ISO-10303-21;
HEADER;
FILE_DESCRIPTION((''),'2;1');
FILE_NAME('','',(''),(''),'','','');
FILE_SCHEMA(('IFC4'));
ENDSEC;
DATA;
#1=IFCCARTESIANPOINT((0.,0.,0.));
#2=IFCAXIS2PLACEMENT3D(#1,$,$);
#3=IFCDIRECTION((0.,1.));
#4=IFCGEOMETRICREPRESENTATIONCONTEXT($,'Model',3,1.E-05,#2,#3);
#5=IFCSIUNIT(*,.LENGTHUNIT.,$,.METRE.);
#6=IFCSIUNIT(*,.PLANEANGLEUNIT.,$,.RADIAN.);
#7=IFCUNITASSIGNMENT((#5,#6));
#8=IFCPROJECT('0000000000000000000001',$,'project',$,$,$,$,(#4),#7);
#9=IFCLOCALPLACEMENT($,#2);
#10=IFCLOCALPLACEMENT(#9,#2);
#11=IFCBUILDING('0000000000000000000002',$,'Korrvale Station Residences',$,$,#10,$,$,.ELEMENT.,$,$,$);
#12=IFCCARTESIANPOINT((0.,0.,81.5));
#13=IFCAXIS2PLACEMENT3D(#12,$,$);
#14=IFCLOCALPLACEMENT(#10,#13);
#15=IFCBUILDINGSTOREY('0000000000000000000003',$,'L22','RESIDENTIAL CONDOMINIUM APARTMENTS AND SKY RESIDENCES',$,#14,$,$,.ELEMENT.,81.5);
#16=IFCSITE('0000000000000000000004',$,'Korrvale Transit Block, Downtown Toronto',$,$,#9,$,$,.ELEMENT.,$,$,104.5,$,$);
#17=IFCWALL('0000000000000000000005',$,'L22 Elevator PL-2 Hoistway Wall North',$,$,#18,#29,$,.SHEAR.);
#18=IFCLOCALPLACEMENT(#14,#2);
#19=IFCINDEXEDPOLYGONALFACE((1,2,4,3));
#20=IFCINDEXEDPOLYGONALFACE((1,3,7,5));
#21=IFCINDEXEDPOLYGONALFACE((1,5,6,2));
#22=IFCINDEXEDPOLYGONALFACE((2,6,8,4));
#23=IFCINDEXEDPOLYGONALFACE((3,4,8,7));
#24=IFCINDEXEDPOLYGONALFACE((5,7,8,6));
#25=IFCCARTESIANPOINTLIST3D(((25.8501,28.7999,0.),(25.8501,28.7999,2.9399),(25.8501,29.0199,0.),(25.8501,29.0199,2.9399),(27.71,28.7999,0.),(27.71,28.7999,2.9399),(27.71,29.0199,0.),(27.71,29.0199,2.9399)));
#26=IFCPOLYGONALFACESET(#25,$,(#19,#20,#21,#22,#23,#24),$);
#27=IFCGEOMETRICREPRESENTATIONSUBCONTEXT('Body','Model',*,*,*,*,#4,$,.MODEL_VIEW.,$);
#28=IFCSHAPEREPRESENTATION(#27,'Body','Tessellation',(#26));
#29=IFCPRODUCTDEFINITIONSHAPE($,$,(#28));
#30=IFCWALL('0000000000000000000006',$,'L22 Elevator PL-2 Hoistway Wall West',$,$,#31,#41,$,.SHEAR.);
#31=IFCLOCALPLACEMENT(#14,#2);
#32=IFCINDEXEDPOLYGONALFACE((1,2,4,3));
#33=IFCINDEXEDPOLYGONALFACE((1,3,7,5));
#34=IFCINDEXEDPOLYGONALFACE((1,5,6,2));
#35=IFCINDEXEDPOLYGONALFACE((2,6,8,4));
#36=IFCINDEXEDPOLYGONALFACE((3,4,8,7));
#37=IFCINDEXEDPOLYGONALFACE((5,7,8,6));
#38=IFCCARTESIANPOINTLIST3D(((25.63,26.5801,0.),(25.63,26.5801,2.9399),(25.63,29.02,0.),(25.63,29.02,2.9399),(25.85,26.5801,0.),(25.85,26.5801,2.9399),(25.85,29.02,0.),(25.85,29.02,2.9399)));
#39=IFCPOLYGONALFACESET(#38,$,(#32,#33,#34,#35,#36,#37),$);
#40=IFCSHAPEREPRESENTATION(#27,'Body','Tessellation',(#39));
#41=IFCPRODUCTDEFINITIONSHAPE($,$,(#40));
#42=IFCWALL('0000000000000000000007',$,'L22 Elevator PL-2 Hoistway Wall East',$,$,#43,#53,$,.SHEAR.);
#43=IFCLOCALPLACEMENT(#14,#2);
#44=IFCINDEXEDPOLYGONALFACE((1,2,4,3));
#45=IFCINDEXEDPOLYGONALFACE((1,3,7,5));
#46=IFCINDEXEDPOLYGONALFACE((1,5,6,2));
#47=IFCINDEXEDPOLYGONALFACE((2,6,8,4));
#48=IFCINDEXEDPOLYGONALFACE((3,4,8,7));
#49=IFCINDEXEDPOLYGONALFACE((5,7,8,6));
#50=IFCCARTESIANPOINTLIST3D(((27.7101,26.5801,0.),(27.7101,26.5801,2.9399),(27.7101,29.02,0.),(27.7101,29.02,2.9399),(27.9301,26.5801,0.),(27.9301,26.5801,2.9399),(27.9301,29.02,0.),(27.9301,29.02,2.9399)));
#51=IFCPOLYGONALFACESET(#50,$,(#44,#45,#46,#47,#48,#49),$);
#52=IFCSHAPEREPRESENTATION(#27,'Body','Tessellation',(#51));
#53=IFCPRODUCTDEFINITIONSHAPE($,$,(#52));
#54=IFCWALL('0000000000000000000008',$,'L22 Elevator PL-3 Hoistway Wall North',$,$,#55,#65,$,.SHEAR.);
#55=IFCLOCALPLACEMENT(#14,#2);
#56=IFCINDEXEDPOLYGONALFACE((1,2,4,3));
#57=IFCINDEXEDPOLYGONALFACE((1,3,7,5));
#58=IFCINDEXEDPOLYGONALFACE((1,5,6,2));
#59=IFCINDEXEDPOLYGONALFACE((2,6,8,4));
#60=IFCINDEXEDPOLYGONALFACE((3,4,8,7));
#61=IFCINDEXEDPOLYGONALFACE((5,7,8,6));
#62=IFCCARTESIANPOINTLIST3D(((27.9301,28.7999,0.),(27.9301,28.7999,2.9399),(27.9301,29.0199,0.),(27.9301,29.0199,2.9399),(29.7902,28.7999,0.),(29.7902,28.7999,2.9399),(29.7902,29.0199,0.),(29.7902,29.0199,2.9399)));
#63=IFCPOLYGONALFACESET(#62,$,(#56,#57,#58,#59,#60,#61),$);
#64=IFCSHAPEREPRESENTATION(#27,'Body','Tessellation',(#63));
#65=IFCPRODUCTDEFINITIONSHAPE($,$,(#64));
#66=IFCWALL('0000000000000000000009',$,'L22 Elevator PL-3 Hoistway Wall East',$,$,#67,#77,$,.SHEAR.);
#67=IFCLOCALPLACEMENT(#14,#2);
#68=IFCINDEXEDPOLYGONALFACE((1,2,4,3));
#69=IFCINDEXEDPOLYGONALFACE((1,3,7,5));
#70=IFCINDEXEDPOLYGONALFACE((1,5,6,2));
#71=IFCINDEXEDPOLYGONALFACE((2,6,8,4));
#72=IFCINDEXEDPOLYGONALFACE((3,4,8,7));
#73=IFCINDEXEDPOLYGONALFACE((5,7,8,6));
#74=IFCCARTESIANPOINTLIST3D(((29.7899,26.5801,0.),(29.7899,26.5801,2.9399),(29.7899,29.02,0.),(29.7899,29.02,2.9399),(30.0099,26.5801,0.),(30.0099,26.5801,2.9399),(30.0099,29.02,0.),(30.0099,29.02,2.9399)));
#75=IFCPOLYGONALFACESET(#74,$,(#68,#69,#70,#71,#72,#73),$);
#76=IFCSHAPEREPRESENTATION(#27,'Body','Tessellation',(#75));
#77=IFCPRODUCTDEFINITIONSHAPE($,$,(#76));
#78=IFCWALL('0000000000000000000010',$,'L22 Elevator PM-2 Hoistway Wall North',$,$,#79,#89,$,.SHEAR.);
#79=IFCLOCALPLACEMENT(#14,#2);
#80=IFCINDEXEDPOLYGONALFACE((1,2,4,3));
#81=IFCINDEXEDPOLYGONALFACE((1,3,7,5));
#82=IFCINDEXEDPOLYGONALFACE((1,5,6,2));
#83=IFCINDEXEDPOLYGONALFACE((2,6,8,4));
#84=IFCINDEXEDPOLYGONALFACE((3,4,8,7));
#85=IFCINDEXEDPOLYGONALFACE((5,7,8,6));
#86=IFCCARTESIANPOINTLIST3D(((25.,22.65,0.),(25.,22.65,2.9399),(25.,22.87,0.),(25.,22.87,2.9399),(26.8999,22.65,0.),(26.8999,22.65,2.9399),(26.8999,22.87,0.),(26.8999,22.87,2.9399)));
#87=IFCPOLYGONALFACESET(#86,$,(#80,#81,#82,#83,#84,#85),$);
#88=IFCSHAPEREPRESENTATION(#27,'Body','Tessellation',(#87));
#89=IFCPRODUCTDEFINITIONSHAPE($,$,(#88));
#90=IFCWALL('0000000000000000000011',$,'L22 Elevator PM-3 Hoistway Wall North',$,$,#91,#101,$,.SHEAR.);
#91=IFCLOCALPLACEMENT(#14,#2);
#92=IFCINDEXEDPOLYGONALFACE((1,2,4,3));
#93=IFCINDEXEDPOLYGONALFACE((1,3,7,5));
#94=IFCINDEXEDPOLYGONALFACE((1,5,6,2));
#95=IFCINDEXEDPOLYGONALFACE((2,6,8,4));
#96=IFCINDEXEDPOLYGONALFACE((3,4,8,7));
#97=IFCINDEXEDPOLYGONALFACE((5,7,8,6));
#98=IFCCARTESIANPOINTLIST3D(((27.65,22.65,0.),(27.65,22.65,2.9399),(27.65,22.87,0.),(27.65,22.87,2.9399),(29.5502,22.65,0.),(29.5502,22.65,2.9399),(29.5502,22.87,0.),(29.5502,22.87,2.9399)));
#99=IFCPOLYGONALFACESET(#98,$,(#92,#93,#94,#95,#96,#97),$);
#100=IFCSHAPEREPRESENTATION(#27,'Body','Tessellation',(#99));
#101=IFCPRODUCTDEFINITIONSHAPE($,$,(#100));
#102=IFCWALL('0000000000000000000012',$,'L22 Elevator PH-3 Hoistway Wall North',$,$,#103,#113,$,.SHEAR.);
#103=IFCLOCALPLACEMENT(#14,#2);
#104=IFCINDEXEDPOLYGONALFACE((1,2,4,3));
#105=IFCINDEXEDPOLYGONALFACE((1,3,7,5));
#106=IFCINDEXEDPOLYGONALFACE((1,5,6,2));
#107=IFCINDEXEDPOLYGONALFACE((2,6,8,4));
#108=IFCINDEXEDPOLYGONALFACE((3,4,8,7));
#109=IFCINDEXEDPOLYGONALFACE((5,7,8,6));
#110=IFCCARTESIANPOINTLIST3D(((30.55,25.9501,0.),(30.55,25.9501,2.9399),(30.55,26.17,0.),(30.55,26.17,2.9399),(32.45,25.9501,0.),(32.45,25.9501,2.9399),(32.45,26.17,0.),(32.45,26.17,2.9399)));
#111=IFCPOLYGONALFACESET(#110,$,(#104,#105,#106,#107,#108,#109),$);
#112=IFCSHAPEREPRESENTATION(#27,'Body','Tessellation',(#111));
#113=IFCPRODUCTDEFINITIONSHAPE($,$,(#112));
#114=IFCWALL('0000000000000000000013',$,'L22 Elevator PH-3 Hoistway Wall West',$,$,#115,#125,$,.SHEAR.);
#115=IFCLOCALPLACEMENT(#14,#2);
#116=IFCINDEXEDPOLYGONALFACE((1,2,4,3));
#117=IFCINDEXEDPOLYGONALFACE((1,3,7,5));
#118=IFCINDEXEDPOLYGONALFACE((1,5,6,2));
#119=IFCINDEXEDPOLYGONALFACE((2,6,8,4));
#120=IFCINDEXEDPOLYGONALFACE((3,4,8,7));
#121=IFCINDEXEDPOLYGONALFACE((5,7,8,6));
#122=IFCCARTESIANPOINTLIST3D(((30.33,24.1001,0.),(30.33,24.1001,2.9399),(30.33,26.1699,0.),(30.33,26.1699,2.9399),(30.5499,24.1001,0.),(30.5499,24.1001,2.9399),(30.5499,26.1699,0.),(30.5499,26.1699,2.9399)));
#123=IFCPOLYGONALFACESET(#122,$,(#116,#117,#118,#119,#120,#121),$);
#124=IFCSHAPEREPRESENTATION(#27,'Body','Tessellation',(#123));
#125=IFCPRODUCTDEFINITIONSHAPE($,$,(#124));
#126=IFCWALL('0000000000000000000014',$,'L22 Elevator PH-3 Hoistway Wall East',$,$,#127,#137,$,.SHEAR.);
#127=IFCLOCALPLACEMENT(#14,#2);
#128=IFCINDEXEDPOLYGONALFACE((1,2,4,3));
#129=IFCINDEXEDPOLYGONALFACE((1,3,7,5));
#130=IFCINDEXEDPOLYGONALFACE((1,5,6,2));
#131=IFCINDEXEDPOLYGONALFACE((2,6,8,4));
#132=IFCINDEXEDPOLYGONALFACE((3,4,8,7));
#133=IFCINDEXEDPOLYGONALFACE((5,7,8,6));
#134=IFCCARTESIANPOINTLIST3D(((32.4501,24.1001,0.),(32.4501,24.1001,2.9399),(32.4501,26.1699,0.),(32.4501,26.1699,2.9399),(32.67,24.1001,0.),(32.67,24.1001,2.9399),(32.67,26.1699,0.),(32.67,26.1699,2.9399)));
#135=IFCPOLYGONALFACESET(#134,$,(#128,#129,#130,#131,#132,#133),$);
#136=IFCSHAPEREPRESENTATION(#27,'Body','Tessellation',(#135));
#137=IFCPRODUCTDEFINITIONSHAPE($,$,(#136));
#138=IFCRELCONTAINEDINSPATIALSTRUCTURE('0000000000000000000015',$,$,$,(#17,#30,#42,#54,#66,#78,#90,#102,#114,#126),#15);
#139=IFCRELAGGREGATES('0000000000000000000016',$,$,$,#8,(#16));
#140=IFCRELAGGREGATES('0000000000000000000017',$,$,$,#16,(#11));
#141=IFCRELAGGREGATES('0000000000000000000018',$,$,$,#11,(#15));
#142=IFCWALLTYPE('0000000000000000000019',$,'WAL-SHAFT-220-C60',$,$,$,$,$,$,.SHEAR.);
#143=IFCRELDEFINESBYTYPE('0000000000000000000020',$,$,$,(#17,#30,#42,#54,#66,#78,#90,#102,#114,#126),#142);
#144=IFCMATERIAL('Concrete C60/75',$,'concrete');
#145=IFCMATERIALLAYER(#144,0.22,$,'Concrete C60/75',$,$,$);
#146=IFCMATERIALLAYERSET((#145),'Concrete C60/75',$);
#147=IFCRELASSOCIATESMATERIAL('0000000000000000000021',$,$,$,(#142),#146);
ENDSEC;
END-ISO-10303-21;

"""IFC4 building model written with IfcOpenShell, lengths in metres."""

from ifc_helpers import new_model, si_unit, direction, frame, frame_2d, origin, place, context, subcontext, project, spatial, rectangle, extrude, material, layer, layer_set, type_object, element, save


model = new_model("IFC4")

# Units and contexts
model_context = context("Model", 3, precision=1e-05, world=origin(), true_north=direction((0.0, 1.0)))
body_context = subcontext(model_context, "Body", "Model", "MODEL_VIEW")
ifc_project = project(units=[si_unit("LENGTHUNIT", "METRE"), si_unit("PLANEANGLEUNIT", "RADIAN")], contexts=[model_context])

# Site, building, storey
site_placement = place(None, origin())
site = spatial("IfcSite", under=ifc_project, at=site_placement, Name="Korrvale Transit Block, Downtown Toronto", CompositionType="ELEMENT", RefElevation=104.5)
building_placement = place(site_placement, origin())
building = spatial("IfcBuilding", under=site, at=building_placement, Name="Korrvale Station Residences", CompositionType="ELEMENT")
storey_placement = place(building_placement, frame((0.0, 0.0, 81.5)))
storey = spatial("IfcBuildingStorey", under=building, at=storey_placement, Name="L22", Description="RESIDENTIAL CONDOMINIUM APARTMENTS AND SKY RESIDENCES", CompositionType="ELEMENT", Elevation=81.5)

# Shared definitions
ifc_material_1 = material(Name="Concrete C60/75", Category="concrete")

# Shared definitions
ifc_layer_1 = layer(ifc_material_1, 0.22, Name="Concrete C60/75")
ifc_layer_set_1 = layer_set([ifc_layer_1], Name="Concrete C60/75")
wall_type_1 = type_object("IfcWallType", Name="WAL-SHAFT-220-C60", PredefinedType="SHEAR", material=ifc_layer_set_1)

# Walls
wall_1_placement = place(storey_placement, frame((25.8501, 28.9099, 0.0), z_axis=(0.0, 0.0, 1.0), x_axis=(1.0, 0.0, 0.0)))
element("IfcWall", 1, at=wall_1_placement, inside=storey, type_object=wall_type_1, Name="L22 Elevator PL-2 Hoistway Wall North", PredefinedType="SHEAR", context=body_context, shape_type="SweptSolid", body=[
    extrude(rectangle(XDim=1.8599, YDim=0.22, at=frame_2d((0.9299, 0.0))), origin(), (0.0, 0.0, 1.0), 2.9399),
])
for number, where, z_axis, x_axis, name in (
    (2, (25.74, 26.5801, 0.0), (0.0, 0.0, 1.0), (0.0, 1.0, 0.0), "L22 Elevator PL-2 Hoistway Wall West"),
    (3, (27.8201, 26.5801, 0.0), (0.0, 0.0, 1.0), (0.0, 1.0, 0.0), "L22 Elevator PL-2 Hoistway Wall East"),
):
    element("IfcWall", number, at=place(storey_placement, frame(where, z_axis=z_axis, x_axis=x_axis)), inside=storey, type_object=wall_type_1, Name=name, PredefinedType="SHEAR", context=body_context, shape_type="SweptSolid", body=[
        extrude(rectangle(XDim=2.4399, YDim=0.22, at=frame_2d((1.22, 0.0))), origin(), (0.0, 0.0, 1.0), 2.9399),
    ])

# Walls
wall_2_placement = place(storey_placement, frame((27.9299, 28.9099, 0.0), z_axis=(0.0, 0.0, 1.0), x_axis=(1.0, 0.0, 0.0)))
element("IfcWall", 4, at=wall_2_placement, inside=storey, type_object=wall_type_1, Name="L22 Elevator PL-3 Hoistway Wall North", PredefinedType="SHEAR", context=body_context, shape_type="SweptSolid", body=[
    extrude(rectangle(XDim=1.8601, YDim=0.22, at=frame_2d((0.9302, 0.0))), origin(), (0.0, 0.0, 1.0), 2.9399),
])
wall_3_placement = place(storey_placement, frame((29.8999, 26.5801, 0.0), z_axis=(0.0, 0.0, 1.0), x_axis=(0.0, 1.0, 0.0)))
element("IfcWall", 5, at=wall_3_placement, inside=storey, type_object=wall_type_1, Name="L22 Elevator PL-3 Hoistway Wall East", PredefinedType="SHEAR", context=body_context, shape_type="SweptSolid", body=[
    extrude(rectangle(XDim=2.4399, YDim=0.22, at=frame_2d((1.22, 0.0))), origin(), (0.0, 0.0, 1.0), 2.9399),
])
wall_4_placement = place(storey_placement, frame((25.0, 22.76, 0.0), z_axis=(0.0, 0.0, 1.0), x_axis=(1.0, 0.0, 0.0)))
element("IfcWall", 6, at=wall_4_placement, inside=storey, type_object=wall_type_1, Name="L22 Elevator PM-2 Hoistway Wall North", PredefinedType="SHEAR", context=body_context, shape_type="SweptSolid", body=[
    extrude(rectangle(XDim=1.8999, YDim=0.22, at=frame_2d((0.95, 0.0))), origin(), (0.0, 0.0, 1.0), 2.9399),
])
wall_5_placement = place(storey_placement, frame((27.6499, 22.76, 0.0), z_axis=(0.0, 0.0, 1.0), x_axis=(1.0, 0.0, 0.0)))
element("IfcWall", 7, at=wall_5_placement, inside=storey, type_object=wall_type_1, Name="L22 Elevator PM-3 Hoistway Wall North", PredefinedType="SHEAR", context=body_context, shape_type="SweptSolid", body=[
    extrude(rectangle(XDim=1.9001, YDim=0.22, at=frame_2d((0.9502, 0.0))), origin(), (0.0, 0.0, 1.0), 2.9399),
])
wall_6_placement = place(storey_placement, frame((30.55, 26.0601, 0.0), z_axis=(0.0, 0.0, 1.0), x_axis=(1.0, 0.0, 0.0)))
element("IfcWall", 8, at=wall_6_placement, inside=storey, type_object=wall_type_1, Name="L22 Elevator PH-3 Hoistway Wall North", PredefinedType="SHEAR", context=body_context, shape_type="SweptSolid", body=[
    extrude(rectangle(XDim=1.8999, YDim=0.22, at=frame_2d((0.95, 0.0))), origin(), (0.0, 0.0, 1.0), 2.9399),
])
for number, where, z_axis, x_axis, name in (
    (9, (30.4399, 24.1001, 0.0), (0.0, 0.0, 1.0), (0.0, 1.0, 0.0), "L22 Elevator PH-3 Hoistway Wall West"),
    (10, (32.5601, 24.1001, 0.0), (0.0, 0.0, 1.0), (0.0, 1.0, 0.0), "L22 Elevator PH-3 Hoistway Wall East"),
):
    element("IfcWall", number, at=place(storey_placement, frame(where, z_axis=z_axis, x_axis=x_axis)), inside=storey, type_object=wall_type_1, Name=name, PredefinedType="SHEAR", context=body_context, shape_type="SweptSolid", body=[
        extrude(rectangle(XDim=2.0698, YDim=0.22, at=frame_2d((1.0349, 0.0))), origin(), (0.0, 0.0, 1.0), 2.9399),
    ])

save(model, "model.ifc")
